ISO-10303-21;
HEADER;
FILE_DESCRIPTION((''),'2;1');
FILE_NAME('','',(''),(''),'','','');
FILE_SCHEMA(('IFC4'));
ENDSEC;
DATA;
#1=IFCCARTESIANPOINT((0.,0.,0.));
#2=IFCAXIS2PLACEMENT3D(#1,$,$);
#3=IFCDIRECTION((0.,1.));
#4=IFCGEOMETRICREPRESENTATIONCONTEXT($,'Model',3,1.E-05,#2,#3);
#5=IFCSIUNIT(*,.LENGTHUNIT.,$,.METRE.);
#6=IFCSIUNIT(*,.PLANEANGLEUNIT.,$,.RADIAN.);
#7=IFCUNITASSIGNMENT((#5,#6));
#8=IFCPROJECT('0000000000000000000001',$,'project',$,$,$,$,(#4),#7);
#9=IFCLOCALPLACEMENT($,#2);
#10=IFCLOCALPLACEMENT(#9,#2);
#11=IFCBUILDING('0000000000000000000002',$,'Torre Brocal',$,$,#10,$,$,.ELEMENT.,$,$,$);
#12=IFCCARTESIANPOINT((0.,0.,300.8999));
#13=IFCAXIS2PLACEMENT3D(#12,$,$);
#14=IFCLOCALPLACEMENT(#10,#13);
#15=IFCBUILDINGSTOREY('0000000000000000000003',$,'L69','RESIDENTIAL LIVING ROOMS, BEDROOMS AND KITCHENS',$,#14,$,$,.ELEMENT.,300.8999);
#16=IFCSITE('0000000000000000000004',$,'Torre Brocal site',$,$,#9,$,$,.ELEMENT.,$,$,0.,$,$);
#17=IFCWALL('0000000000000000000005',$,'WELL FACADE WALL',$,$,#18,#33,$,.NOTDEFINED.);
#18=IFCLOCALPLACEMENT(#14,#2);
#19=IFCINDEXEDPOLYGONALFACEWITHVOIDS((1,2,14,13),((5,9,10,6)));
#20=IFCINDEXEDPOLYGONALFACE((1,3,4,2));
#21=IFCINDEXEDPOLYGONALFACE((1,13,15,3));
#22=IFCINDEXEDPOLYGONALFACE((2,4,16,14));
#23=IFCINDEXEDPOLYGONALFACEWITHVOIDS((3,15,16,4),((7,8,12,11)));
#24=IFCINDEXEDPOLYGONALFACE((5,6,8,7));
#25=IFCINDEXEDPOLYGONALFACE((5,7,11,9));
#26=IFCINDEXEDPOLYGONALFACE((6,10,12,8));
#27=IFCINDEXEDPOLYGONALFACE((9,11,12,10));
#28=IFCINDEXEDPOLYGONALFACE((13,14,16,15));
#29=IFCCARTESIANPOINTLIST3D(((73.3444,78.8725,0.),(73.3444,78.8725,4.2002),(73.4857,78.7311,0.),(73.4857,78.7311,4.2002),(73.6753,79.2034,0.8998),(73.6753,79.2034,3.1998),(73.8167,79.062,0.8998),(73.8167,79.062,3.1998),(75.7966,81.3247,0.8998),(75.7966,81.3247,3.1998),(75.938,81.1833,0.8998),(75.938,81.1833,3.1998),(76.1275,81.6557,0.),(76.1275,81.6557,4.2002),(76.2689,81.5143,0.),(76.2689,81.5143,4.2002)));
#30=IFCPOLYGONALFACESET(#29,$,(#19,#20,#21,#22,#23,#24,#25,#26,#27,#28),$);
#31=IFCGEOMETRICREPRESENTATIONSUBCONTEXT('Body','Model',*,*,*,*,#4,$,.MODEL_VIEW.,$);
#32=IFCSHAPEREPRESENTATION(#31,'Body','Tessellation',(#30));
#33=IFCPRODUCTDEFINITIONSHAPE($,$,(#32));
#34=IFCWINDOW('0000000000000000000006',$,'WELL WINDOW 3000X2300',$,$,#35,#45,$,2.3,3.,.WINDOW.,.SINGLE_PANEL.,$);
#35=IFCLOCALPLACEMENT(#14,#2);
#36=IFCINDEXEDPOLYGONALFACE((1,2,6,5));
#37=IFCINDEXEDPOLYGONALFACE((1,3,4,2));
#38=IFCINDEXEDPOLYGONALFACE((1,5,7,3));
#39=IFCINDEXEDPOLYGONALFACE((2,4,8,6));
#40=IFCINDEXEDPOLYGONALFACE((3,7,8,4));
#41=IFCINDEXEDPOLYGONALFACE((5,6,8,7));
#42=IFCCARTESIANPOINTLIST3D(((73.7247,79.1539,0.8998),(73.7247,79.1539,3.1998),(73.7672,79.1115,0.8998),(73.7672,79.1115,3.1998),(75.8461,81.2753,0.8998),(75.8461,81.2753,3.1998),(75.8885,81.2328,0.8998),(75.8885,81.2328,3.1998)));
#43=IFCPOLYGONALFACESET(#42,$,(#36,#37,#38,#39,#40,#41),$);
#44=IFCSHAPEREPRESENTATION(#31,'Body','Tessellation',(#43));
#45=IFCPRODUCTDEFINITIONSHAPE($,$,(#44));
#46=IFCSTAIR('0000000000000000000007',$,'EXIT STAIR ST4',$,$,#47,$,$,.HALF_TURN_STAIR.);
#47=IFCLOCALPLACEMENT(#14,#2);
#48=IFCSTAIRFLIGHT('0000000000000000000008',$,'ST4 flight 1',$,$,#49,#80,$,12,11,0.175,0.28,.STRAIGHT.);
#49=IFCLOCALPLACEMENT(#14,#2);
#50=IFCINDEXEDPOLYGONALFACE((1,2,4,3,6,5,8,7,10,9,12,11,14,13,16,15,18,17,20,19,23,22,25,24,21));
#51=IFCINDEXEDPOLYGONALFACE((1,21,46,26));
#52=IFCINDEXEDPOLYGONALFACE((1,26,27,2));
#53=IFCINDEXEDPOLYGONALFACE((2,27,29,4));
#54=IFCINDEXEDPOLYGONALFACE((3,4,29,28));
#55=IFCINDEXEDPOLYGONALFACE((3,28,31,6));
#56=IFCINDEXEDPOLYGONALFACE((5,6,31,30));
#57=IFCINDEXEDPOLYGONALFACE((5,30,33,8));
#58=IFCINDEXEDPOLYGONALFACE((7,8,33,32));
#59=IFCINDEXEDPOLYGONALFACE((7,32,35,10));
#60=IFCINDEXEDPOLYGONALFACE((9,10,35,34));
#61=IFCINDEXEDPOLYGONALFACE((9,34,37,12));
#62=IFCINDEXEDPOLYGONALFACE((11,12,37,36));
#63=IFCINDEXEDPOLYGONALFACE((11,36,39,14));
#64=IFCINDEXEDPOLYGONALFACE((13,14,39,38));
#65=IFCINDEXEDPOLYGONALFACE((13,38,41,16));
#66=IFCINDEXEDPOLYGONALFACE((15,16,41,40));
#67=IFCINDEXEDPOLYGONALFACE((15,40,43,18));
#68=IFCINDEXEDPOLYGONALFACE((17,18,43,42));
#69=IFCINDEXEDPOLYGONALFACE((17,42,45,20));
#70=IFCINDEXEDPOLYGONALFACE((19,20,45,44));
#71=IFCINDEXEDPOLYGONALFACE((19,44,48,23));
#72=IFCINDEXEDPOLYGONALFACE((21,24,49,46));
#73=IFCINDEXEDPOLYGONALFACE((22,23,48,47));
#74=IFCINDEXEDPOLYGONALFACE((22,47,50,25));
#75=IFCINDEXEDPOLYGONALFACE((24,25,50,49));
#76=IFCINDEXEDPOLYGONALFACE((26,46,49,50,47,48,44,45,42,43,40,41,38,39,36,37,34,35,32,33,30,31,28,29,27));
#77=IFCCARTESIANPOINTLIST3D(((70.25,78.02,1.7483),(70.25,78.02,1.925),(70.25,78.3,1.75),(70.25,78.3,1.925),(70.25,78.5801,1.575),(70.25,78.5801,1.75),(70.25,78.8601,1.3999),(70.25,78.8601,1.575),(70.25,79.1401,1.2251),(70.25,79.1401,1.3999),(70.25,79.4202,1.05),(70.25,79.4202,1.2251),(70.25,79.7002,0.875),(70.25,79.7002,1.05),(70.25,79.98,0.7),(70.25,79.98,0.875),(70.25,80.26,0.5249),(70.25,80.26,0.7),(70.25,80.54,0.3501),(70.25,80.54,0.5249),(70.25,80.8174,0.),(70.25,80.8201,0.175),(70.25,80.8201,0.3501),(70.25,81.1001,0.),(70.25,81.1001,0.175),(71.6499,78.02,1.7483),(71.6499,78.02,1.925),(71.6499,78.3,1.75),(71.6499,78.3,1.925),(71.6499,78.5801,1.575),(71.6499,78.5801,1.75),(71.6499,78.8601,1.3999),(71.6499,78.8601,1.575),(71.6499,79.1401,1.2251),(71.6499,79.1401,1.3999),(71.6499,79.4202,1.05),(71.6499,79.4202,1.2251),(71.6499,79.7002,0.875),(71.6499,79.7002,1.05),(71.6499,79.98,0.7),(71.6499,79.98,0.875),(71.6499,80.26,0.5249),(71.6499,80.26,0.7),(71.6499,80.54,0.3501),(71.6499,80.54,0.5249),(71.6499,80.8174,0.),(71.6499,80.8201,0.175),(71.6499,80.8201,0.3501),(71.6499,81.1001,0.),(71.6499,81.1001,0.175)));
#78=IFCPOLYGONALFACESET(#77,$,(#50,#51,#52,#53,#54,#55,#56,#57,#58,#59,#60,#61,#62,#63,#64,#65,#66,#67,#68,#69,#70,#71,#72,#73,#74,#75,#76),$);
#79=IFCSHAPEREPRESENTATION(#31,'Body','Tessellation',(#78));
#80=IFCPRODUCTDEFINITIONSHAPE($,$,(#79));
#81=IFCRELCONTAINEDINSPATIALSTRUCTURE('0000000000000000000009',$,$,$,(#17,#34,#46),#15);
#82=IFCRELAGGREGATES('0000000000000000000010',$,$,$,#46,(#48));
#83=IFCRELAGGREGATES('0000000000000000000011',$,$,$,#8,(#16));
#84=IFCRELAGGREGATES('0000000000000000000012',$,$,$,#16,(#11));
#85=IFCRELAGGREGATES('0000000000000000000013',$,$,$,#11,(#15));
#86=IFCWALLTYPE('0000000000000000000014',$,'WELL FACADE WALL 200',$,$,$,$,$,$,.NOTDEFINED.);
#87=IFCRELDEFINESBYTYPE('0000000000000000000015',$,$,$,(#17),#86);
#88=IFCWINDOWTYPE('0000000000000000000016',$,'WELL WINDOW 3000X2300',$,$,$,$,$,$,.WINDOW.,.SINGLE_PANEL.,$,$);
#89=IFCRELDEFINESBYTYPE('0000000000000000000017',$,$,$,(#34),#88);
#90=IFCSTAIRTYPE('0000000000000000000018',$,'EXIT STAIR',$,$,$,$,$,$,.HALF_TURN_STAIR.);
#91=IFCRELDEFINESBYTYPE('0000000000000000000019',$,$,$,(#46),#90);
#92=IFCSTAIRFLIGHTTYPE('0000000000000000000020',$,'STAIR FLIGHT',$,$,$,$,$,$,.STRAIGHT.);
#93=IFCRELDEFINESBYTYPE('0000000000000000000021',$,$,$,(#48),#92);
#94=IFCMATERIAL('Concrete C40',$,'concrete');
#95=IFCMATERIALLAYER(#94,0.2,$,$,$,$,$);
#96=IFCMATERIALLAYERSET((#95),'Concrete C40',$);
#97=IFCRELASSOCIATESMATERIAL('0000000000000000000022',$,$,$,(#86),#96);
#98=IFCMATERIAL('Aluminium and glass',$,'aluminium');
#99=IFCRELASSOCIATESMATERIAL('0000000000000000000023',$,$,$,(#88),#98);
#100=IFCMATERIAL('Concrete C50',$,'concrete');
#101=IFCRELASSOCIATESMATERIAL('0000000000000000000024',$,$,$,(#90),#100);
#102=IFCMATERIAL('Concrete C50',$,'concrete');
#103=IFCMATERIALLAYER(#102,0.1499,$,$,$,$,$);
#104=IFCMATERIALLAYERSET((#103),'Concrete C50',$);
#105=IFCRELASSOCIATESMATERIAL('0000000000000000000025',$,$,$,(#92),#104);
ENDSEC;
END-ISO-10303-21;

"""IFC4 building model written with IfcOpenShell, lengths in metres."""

from ifc_helpers import new_model, si_unit, direction, frame, frame_2d, origin, place, context, subcontext, project, spatial, polyline, rectangle, outline, extrude, material, layer, layer_set, type_object, element, fill, aggregate, save


model = new_model("IFC4")

# Units and contexts
model_context = context("Model", 3, precision=1e-05, world=origin(), true_north=direction((0.0, 1.0)))
body_context = subcontext(model_context, "Body", "Model", "MODEL_VIEW")
ifc_project = project(units=[si_unit("LENGTHUNIT", "METRE"), si_unit("PLANEANGLEUNIT", "RADIAN")], contexts=[model_context])

# Site, building, storey
site_placement = place(None, origin())
site = spatial("IfcSite", under=ifc_project, at=site_placement, Name="Torre Brocal site", CompositionType="ELEMENT", RefElevation=0.0)
building_placement = place(site_placement, origin())
building = spatial("IfcBuilding", under=site, at=building_placement, Name="Torre Brocal", CompositionType="ELEMENT")
storey_placement = place(building_placement, frame((0.0, 0.0, 300.8999)))
storey = spatial("IfcBuildingStorey", under=building, at=storey_placement, Name="L69", Description="RESIDENTIAL LIVING ROOMS, BEDROOMS AND KITCHENS", CompositionType="ELEMENT", Elevation=300.8999)

# Wall, opening, window
ifc_material_1 = material(Name="Concrete C40", Category="concrete")
ifc_layer_1 = layer(ifc_material_1, 0.2)
ifc_layer_set_1 = layer_set([ifc_layer_1], Name="Concrete C40")
wall_type_1 = type_object("IfcWallType", Name="WELL FACADE WALL 200", PredefinedType="NOTDEFINED", material=ifc_layer_set_1)
wall_1_placement = place(storey_placement, frame((76.1982, 81.585, 0.0), z_axis=(0.0, 0.0, 1.0), x_axis=(-0.707107, -0.707107, 0.0)))
wall_1 = element("IfcWall", 1, at=wall_1_placement, inside=storey, type_object=wall_type_1, Name="WELL FACADE WALL", PredefinedType="NOTDEFINED", context=body_context, shape_type="SweptSolid", body=[
    extrude(rectangle(XDim=3.936, YDim=0.2, at=frame_2d((1.968, 0.0))), origin(), (0.0, 0.0, 1.0), 4.2002),
])
opening_1_placement = place(wall_1_placement, frame((0.468, 0.0, 0.8999)))
opening_1 = element("IfcOpeningElement", 2, at=opening_1_placement, cuts=wall_1, PredefinedType="OPENING", context=body_context, shape_type="SweptSolid", body=[
    extrude(rectangle(XDim=3.0, YDim=2.3, at=frame_2d((1.5, 1.1499))), frame((0.0, 0.1099, 0.0), z_axis=(0.0, -1.0, 0.0), x_axis=(1.0, 0.0, 0.0)), (0.0, 0.0, 1.0), 0.22),
])
ifc_material_2 = material(Name="Aluminium and glass", Category="aluminium")
window_type = type_object("IfcWindowType", Name="WELL WINDOW 3000X2300", PartitioningType="SINGLE_PANEL", PredefinedType="WINDOW", material=ifc_material_2)
window_placement = place(opening_1_placement, origin())
window = element("IfcWindow", 3, at=window_placement, inside=storey, type_object=window_type, Name="WELL WINDOW 3000X2300", OverallHeight=2.3, OverallWidth=3.0, PartitioningType="SINGLE_PANEL", PredefinedType="WINDOW", context=body_context, shape_type="SweptSolid", body=[
    extrude(rectangle(XDim=3.0, YDim=2.3, at=frame_2d((1.5, 1.1499))), frame((0.0, 0.03, 0.0), z_axis=(0.0, -1.0, 0.0), x_axis=(1.0, 0.0, 0.0)), (0.0, 0.0, 1.0), 0.0601),
])
fill(opening_1, window)

# Stair, stair flight
ifc_material_3 = material(Name="Concrete C50", Category="concrete")
stair_type = type_object("IfcStairType", Name="EXIT STAIR", PredefinedType="HALF_TURN_STAIR", material=ifc_material_3)
stair_placement = place(storey_placement, origin())
stair = element("IfcStair", 4, at=stair_placement, inside=storey, type_object=stair_type, Name="EXIT STAIR ST4", PredefinedType="HALF_TURN_STAIR")
ifc_material_4 = material(Name="Concrete C50", Category="concrete")
ifc_layer_2 = layer(ifc_material_4, 0.1499)
ifc_layer_set_2 = layer_set([ifc_layer_2], Name="Concrete C50")
stair_flight_type = type_object("IfcStairFlightType", Name="STAIR FLIGHT", PredefinedType="STRAIGHT", material=ifc_layer_set_2)
stair_flight_placement = place(storey_placement, frame((70.95, 81.1001, 0.0), z_axis=(0.0, 0.0, 1.0), x_axis=(0.0, -1.0, 0.0)))
stair_flight = element("IfcStairFlight", 5, at=stair_flight_placement, type_object=stair_flight_type, Name="ST4 flight 1", NumberOfRisers=12, NumberOfTreads=11, PredefinedType="STRAIGHT", RiserHeight=0.175, TreadLength=0.28, context=body_context, shape_type="SweptSolid", body=[
    extrude(outline(polyline([(0.0, 0.0), (0.0, 0.175), (0.28, 0.175), (0.28, 0.3501), (0.5601, 0.3501), (0.5601, 0.5249), (0.8401, 0.5249), (0.8401, 0.7), (1.1201, 0.7), (1.1201, 0.875), (1.3999, 0.875), (1.3999, 1.05), (1.6799, 1.05), (1.6799, 1.2251), (1.96, 1.2251), (1.96, 1.3999), (2.24, 1.3999), (2.24, 1.575), (2.52, 1.575), (2.52, 1.75), (2.8, 1.75), (2.8, 1.925), (3.0801, 1.925), (3.0801, 2.1001), (3.0801, 1.7483), (0.2827, 0.0), (0.0, 0.0)])), frame((0.0, 0.7, 0.0), z_axis=(0.0, -1.0, 0.0), x_axis=(1.0, 0.0, 0.0)), (0.0, 0.0, 1.0), 1.3999),
])
aggregate(stair, [stair_flight])

save(model, "model.ifc")
